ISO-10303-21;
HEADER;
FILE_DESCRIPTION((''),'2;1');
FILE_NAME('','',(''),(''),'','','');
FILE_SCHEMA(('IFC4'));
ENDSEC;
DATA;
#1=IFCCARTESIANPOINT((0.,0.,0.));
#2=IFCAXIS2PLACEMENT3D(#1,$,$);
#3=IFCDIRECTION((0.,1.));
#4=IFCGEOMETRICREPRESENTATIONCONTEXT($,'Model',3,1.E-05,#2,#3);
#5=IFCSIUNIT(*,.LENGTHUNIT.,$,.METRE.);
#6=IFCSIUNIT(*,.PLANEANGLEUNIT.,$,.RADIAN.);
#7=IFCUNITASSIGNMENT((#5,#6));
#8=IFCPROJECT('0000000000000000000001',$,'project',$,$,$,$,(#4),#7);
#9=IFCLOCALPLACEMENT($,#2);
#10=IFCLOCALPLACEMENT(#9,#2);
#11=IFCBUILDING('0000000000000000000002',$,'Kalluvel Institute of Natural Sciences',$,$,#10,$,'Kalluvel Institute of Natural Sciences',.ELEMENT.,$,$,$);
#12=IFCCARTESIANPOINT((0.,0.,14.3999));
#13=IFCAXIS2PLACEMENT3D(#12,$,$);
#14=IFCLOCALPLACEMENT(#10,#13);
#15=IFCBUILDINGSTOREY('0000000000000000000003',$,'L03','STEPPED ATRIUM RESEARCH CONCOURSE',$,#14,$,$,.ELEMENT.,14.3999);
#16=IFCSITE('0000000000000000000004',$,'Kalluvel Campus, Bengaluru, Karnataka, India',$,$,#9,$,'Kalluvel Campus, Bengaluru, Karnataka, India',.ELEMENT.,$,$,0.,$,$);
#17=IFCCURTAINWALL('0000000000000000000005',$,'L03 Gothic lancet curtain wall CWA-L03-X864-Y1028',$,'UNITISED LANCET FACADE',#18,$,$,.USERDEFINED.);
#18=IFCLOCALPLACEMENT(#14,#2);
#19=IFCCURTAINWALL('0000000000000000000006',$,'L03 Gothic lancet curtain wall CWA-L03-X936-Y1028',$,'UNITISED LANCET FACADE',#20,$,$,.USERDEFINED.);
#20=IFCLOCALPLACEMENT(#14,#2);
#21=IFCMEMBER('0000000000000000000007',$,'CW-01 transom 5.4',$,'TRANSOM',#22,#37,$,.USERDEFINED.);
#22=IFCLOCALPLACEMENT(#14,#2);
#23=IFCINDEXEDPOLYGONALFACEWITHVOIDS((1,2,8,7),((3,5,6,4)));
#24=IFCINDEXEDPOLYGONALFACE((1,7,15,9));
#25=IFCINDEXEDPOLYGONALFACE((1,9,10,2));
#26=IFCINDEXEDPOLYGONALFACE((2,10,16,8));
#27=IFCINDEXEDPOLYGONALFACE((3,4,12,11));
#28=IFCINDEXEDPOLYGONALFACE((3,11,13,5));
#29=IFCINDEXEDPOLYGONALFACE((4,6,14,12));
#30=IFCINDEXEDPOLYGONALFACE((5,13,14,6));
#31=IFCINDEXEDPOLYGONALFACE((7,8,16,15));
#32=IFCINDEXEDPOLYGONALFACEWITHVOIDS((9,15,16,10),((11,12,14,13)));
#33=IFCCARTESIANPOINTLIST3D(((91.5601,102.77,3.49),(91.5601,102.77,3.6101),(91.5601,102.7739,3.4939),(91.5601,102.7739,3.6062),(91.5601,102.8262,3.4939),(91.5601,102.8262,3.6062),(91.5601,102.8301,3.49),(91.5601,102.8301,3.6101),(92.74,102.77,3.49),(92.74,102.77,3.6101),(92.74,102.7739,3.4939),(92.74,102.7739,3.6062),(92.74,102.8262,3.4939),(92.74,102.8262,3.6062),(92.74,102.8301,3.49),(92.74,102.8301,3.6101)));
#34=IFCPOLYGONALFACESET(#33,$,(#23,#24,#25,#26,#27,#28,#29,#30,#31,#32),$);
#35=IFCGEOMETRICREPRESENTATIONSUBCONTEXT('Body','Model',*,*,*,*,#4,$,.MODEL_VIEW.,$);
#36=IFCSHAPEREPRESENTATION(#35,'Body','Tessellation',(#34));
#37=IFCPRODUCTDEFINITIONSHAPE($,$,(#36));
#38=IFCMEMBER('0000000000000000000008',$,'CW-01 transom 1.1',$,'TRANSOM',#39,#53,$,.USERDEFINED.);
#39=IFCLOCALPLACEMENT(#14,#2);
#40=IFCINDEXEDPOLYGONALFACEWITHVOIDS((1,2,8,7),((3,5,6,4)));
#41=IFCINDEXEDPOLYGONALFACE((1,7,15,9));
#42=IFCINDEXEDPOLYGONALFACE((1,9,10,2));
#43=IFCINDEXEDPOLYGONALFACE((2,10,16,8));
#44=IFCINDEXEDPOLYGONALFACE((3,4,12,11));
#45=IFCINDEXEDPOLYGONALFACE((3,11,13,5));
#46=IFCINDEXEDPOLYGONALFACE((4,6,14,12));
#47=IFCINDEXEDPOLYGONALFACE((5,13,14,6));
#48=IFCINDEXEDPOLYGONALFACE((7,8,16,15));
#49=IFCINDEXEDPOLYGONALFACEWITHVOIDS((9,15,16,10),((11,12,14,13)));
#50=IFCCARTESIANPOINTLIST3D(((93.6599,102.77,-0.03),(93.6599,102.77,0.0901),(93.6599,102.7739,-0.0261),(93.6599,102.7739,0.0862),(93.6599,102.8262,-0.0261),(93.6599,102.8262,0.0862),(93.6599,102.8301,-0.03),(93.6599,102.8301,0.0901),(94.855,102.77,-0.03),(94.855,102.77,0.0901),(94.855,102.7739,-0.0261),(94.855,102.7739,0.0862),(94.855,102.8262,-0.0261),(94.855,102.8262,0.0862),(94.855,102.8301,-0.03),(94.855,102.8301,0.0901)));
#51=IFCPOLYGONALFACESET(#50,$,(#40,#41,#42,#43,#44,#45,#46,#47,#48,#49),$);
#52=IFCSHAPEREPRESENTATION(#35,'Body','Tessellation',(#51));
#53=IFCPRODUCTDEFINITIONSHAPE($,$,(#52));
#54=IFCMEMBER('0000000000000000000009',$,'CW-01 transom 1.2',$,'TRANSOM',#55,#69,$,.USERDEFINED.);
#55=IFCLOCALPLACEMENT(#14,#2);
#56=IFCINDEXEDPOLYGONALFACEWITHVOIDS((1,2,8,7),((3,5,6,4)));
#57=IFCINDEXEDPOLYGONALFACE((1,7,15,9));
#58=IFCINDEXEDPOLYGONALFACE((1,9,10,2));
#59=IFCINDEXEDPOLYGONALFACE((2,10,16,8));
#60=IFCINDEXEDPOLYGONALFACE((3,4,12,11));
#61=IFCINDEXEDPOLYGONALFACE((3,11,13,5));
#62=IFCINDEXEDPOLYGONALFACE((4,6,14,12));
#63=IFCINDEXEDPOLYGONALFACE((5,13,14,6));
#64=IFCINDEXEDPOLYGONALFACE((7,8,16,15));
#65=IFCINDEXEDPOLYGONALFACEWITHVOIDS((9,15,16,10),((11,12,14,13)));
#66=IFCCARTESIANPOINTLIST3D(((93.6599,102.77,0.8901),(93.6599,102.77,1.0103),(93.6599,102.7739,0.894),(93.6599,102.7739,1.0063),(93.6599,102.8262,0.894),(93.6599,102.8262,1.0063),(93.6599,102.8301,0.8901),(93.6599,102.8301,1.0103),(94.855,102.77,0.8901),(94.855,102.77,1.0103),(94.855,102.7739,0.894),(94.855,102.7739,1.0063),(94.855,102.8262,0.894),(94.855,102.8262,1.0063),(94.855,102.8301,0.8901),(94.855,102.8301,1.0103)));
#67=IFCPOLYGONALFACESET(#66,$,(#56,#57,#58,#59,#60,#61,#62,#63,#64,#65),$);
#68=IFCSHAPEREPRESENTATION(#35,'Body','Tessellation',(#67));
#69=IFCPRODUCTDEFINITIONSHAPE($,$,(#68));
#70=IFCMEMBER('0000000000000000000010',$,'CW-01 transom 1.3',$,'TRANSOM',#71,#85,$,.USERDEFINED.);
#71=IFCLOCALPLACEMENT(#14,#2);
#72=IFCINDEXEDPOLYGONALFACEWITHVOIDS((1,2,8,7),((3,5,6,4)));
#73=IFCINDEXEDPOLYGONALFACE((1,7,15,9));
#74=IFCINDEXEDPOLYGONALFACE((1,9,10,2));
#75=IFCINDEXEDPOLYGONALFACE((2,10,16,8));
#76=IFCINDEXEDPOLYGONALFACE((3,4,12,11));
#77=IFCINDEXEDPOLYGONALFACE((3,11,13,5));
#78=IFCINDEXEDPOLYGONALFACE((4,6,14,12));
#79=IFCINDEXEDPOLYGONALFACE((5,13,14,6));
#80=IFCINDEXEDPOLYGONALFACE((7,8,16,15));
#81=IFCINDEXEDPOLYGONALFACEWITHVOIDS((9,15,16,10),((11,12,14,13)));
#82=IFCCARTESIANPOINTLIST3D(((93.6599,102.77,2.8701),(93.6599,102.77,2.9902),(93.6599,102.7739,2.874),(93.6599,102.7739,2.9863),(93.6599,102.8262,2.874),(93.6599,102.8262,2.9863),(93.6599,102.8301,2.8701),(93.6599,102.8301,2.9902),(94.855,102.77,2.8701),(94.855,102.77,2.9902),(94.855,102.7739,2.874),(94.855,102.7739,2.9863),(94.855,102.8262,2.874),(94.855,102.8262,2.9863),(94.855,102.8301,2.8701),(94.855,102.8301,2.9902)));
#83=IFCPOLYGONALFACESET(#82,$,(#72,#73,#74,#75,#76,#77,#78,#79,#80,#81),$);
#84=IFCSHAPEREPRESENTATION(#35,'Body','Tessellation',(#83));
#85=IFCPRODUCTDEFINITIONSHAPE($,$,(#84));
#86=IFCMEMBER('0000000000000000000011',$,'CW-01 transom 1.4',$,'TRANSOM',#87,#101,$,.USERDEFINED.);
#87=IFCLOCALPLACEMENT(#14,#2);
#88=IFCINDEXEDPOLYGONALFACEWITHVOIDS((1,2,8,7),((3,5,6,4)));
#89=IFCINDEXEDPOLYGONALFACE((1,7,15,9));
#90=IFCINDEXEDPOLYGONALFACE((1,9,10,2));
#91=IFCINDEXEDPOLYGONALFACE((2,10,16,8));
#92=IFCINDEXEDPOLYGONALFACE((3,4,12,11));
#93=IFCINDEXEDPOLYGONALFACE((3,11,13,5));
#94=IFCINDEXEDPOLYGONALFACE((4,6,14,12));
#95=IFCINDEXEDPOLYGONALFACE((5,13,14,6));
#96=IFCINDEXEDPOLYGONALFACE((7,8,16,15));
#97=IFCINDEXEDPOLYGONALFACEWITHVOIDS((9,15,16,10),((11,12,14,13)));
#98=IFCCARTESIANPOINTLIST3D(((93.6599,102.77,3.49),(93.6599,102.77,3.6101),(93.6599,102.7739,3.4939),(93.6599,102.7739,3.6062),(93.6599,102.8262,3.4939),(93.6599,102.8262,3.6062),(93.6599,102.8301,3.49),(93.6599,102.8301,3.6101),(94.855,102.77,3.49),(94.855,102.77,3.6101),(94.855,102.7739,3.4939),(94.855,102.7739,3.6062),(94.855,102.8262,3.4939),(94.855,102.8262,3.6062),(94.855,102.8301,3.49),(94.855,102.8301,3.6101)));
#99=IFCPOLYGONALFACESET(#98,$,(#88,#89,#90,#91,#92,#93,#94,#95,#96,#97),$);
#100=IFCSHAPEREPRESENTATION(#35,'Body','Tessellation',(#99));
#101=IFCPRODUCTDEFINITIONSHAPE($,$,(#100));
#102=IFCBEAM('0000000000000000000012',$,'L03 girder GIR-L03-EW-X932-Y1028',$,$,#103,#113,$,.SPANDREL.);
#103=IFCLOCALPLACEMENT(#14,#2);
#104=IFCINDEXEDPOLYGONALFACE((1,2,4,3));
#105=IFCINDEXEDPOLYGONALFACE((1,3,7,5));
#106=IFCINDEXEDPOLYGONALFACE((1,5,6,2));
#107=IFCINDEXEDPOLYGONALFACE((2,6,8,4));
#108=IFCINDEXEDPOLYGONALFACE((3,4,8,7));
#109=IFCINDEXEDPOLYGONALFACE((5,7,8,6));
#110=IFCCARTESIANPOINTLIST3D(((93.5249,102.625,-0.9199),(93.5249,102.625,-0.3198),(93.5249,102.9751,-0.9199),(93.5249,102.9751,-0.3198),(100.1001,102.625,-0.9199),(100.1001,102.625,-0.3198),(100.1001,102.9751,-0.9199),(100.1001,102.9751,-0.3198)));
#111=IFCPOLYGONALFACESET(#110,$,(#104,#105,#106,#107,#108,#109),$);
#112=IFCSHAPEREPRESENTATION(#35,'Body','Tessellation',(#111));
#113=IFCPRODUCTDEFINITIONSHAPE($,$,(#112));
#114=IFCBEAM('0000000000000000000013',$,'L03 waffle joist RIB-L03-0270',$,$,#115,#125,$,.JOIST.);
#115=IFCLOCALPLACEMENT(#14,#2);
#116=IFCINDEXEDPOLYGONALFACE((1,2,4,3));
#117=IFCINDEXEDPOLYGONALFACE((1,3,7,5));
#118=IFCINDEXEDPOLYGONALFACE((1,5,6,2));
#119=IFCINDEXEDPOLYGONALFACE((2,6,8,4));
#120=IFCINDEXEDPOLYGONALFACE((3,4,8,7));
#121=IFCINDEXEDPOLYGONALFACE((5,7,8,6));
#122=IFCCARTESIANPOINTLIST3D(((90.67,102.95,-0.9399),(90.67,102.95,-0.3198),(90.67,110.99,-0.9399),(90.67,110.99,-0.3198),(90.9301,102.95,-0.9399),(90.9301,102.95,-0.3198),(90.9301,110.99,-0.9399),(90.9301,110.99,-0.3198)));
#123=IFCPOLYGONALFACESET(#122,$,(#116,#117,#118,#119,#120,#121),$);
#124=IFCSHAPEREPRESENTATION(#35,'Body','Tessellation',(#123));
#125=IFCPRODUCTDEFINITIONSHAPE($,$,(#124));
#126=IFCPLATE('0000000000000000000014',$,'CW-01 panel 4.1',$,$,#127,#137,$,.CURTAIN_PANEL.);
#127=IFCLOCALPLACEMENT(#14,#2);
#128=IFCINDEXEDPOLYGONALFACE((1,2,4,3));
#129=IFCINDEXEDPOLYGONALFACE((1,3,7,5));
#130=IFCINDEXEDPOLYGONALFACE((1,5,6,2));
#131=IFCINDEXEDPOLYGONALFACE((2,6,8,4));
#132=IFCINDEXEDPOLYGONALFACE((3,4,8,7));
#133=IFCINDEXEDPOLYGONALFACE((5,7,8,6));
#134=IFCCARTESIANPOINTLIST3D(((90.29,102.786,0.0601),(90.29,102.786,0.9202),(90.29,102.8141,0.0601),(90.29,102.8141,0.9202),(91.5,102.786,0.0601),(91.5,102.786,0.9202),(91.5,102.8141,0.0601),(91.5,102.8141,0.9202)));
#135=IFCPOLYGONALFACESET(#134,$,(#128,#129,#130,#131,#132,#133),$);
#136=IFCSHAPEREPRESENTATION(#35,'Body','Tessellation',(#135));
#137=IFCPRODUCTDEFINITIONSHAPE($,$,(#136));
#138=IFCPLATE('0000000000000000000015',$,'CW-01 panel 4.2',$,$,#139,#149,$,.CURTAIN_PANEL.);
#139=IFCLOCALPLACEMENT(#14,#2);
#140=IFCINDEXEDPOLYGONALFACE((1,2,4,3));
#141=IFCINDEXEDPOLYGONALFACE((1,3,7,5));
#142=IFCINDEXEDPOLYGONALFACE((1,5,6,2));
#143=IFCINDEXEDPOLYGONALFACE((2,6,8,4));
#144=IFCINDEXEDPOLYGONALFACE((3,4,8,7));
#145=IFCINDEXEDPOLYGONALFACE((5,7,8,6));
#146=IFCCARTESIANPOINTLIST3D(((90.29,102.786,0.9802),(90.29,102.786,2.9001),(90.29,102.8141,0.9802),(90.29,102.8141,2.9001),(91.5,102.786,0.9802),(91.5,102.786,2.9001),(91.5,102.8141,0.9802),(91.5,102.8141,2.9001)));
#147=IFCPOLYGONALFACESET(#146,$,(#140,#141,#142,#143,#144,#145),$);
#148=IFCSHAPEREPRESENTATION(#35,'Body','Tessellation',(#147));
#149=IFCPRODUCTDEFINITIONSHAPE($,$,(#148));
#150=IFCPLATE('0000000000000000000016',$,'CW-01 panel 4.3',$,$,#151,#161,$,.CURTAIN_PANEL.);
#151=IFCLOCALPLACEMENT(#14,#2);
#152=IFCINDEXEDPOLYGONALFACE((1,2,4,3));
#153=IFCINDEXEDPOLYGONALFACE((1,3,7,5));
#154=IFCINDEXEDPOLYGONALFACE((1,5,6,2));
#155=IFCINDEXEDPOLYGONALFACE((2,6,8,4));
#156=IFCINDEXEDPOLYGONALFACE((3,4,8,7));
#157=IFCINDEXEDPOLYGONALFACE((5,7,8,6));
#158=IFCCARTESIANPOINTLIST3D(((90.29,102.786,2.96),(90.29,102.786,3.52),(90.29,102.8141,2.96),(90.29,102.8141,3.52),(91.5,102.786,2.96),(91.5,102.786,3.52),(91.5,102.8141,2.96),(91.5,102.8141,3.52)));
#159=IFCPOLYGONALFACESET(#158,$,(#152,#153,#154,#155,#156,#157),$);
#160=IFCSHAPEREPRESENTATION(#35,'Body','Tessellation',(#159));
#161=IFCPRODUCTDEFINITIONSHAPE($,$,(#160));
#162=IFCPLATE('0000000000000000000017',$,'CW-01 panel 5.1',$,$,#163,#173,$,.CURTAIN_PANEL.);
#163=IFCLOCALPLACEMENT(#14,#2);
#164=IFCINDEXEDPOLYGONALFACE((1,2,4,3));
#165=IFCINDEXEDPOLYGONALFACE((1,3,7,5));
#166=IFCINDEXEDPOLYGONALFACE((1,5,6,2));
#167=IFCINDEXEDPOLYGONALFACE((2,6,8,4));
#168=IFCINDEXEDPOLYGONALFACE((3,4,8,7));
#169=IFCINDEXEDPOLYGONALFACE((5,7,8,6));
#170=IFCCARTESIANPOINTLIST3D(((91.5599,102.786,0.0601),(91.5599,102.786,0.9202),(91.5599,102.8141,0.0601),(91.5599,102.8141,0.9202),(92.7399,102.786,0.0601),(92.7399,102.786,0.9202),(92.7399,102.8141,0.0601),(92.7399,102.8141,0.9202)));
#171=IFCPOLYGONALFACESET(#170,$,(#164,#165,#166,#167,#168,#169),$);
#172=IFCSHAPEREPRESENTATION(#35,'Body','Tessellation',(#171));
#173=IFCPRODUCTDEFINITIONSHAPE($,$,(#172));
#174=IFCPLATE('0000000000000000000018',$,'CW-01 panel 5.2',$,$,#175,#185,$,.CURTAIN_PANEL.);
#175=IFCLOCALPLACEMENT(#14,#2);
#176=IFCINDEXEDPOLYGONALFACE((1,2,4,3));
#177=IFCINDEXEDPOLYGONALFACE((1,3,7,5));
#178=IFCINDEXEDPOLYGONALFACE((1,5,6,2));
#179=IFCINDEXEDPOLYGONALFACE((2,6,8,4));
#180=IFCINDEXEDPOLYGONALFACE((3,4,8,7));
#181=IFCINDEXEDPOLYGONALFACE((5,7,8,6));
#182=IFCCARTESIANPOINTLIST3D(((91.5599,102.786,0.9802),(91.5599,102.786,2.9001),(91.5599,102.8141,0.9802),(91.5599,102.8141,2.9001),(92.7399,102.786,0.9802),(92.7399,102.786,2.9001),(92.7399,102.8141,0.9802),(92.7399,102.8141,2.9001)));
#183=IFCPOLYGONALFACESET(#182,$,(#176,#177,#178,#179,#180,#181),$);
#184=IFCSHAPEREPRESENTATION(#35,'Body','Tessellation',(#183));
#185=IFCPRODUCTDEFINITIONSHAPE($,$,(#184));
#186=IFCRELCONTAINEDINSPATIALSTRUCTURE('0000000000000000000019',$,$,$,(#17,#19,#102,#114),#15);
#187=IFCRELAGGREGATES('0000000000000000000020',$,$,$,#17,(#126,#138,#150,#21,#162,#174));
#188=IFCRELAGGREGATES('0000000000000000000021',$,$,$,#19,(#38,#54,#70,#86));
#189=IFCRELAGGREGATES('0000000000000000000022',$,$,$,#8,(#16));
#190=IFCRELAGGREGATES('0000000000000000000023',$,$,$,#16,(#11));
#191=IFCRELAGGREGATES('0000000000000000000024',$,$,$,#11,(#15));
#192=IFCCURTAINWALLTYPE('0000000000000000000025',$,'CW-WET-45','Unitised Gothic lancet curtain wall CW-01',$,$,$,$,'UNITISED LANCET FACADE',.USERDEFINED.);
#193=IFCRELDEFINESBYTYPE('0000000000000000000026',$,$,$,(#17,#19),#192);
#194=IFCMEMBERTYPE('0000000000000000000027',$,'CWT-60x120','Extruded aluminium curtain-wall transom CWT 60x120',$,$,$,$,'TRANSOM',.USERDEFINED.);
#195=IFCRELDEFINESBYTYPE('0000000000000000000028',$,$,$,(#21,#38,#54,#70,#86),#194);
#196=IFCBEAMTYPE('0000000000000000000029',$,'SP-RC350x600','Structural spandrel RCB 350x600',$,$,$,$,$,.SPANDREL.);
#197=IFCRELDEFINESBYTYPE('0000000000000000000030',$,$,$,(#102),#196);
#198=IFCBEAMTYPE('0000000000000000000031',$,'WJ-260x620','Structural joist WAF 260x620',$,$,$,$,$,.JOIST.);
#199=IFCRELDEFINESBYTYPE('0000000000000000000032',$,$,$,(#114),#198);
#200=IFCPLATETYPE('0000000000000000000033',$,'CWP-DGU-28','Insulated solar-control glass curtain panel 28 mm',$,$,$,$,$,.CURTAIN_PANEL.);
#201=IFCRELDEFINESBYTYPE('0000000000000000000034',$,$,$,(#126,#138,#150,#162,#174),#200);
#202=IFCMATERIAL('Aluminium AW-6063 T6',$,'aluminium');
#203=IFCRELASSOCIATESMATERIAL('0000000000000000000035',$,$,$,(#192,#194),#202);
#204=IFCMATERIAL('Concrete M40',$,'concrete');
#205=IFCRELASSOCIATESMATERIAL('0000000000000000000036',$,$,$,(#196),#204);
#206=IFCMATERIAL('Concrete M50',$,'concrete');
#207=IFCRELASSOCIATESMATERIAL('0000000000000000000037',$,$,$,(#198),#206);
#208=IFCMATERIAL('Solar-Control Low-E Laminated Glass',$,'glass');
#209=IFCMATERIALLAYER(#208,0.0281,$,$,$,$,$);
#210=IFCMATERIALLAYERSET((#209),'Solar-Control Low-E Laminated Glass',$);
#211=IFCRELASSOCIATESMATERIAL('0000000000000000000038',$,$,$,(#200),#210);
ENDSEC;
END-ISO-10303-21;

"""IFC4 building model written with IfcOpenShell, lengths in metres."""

from ifc_helpers import new_model, si_unit, direction, frame, origin, origin_2d, place, context, subcontext, project, spatial, rectangle, hollow_rectangle, extrude, material, layer, layer_set, material_profile, profile_set, type_object, element, aggregate, save


model = new_model("IFC4")

# Units and contexts
model_context = context("Model", 3, precision=1e-05, world=origin(), true_north=direction((0.0, 1.0)))
body_context = subcontext(model_context, "Body", "Model", "MODEL_VIEW")
ifc_project = project(units=[si_unit("LENGTHUNIT", "METRE"), si_unit("PLANEANGLEUNIT", "RADIAN")], contexts=[model_context])

# Site, building, storey
site_placement = place(None, origin())
site = spatial("IfcSite", under=ifc_project, at=site_placement, Name="Kalluvel Campus, Bengaluru, Karnataka, India", LongName="Kalluvel Campus, Bengaluru, Karnataka, India", CompositionType="ELEMENT", RefElevation=0.0)
building_placement = place(site_placement, origin())
building = spatial("IfcBuilding", under=site, at=building_placement, Name="Kalluvel Institute of Natural Sciences", LongName="Kalluvel Institute of Natural Sciences", CompositionType="ELEMENT")
storey_placement = place(building_placement, frame((0.0, 0.0, 14.3999)))
storey = spatial("IfcBuildingStorey", under=building, at=storey_placement, Name="L03", Description="STEPPED ATRIUM RESEARCH CONCOURSE", CompositionType="ELEMENT", Elevation=14.3999)

# Shared definitions
ifc_material_1 = material(Name="Concrete M40", Category="concrete")

# Curtain walls
ifc_material_2 = material(Name="Aluminium AW-6063 T6", Category="aluminium")
curtain_wall_type = type_object("IfcCurtainWallType", Name="CW-WET-45", Description="Unitised Gothic lancet curtain wall CW-01", ElementType="UNITISED LANCET FACADE", PredefinedType="USERDEFINED", material=ifc_material_2)
curtain_wall_1_placement = place(storey_placement, origin())
curtain_wall_1 = element("IfcCurtainWall", 1, at=curtain_wall_1_placement, inside=storey, type_object=curtain_wall_type, Name="L03 Gothic lancet curtain wall CWA-L03-X864-Y1028", ObjectType="UNITISED LANCET FACADE", PredefinedType="USERDEFINED")
curtain_wall_2_placement = place(storey_placement, origin())
curtain_wall_2 = element("IfcCurtainWall", 2, at=curtain_wall_2_placement, inside=storey, type_object=curtain_wall_type, Name="L03 Gothic lancet curtain wall CWA-L03-X936-Y1028", ObjectType="UNITISED LANCET FACADE", PredefinedType="USERDEFINED")

# Members
ifc_material_profile_1 = material_profile(ifc_material_2, hollow_rectangle(XDim=0.0601, YDim=0.1201, WallThickness=0.0039, at=origin_2d()), Name="CWT 60x120")
ifc_profile_set_1 = profile_set([ifc_material_profile_1], Name="Aluminium AW-6063 T6")
member_type_1 = type_object("IfcMemberType", Name="CWT-60x120", Description="Extruded aluminium curtain-wall transom CWT 60x120", ElementType="TRANSOM", PredefinedType="USERDEFINED", material=ifc_profile_set_1)
member_1_placement = place(storey_placement, frame((91.5601, 102.8, 3.55), z_axis=(1.0, 0.0, 0.0), x_axis=(0.0, 1.0, 0.0)))
member_1 = element("IfcMember", 3, at=member_1_placement, type_object=member_type_1, Name="CW-01 transom 5.4", ObjectType="TRANSOM", PredefinedType="USERDEFINED", context=body_context, shape_type="SweptSolid", body=[
    extrude(hollow_rectangle(XDim=0.0601, YDim=0.1201, WallThickness=0.0039, at=origin_2d()), origin(), (0.0, 0.0, 1.0), 1.1799),
])
member_2_placement = place(storey_placement, frame((93.6599, 102.8, 0.03), z_axis=(1.0, 0.0, 0.0), x_axis=(0.0, 1.0, 0.0)))
member_2 = element("IfcMember", 4, at=member_2_placement, type_object=member_type_1, Name="CW-01 transom 1.1", ObjectType="TRANSOM", PredefinedType="USERDEFINED", context=body_context, shape_type="SweptSolid", body=[
    extrude(hollow_rectangle(XDim=0.0601, YDim=0.1201, WallThickness=0.0039, at=origin_2d()), origin(), (0.0, 0.0, 1.0), 1.1951),
])
member_3_placement = place(storey_placement, frame((93.6599, 102.8, 0.9502), z_axis=(1.0, 0.0, 0.0), x_axis=(0.0, 1.0, 0.0)))
member_3 = element("IfcMember", 5, at=member_3_placement, type_object=member_type_1, Name="CW-01 transom 1.2", ObjectType="TRANSOM", PredefinedType="USERDEFINED", context=body_context, shape_type="SweptSolid", body=[
    extrude(hollow_rectangle(XDim=0.0601, YDim=0.1201, WallThickness=0.0039, at=origin_2d()), origin(), (0.0, 0.0, 1.0), 1.1951),
])
member_4_placement = place(storey_placement, frame((93.6599, 102.8, 2.9302), z_axis=(1.0, 0.0, 0.0), x_axis=(0.0, 1.0, 0.0)))
member_4 = element("IfcMember", 6, at=member_4_placement, type_object=member_type_1, Name="CW-01 transom 1.3", ObjectType="TRANSOM", PredefinedType="USERDEFINED", context=body_context, shape_type="SweptSolid", body=[
    extrude(hollow_rectangle(XDim=0.0601, YDim=0.1201, WallThickness=0.0039, at=origin_2d()), origin(), (0.0, 0.0, 1.0), 1.1951),
])
member_5_placement = place(storey_placement, frame((93.6599, 102.8, 3.55), z_axis=(1.0, 0.0, 0.0), x_axis=(0.0, 1.0, 0.0)))
member_5 = element("IfcMember", 7, at=member_5_placement, type_object=member_type_1, Name="CW-01 transom 1.4", ObjectType="TRANSOM", PredefinedType="USERDEFINED", context=body_context, shape_type="SweptSolid", body=[
    extrude(hollow_rectangle(XDim=0.0601, YDim=0.1201, WallThickness=0.0039, at=origin_2d()), origin(), (0.0, 0.0, 1.0), 1.1951),
])

# Beams
ifc_material_profile_2 = material_profile(ifc_material_1, rectangle(XDim=0.3501, YDim=0.6001, at=origin_2d()), Name="RCB 350x600")
ifc_profile_set_2 = profile_set([ifc_material_profile_2], Name="Concrete M40")
beam_type_1 = type_object("IfcBeamType", Name="SP-RC350x600", Description="Structural spandrel RCB 350x600", PredefinedType="SPANDREL", material=ifc_profile_set_2)
beam_1_placement = place(storey_placement, frame((93.5249, 102.8, -0.6199), z_axis=(1.0, 0.0, 0.0), x_axis=(0.0, 1.0, 0.0)))
element("IfcBeam", 8, at=beam_1_placement, inside=storey, type_object=beam_type_1, Name="L03 girder GIR-L03-EW-X932-Y1028", PredefinedType="SPANDREL", context=body_context, shape_type="SweptSolid", body=[
    extrude(rectangle(XDim=0.3501, YDim=0.6001, at=origin_2d()), origin(), (0.0, 0.0, 1.0), 6.5752),
])
ifc_material_3 = material(Name="Concrete M50", Category="concrete")
ifc_material_profile_3 = material_profile(ifc_material_3, rectangle(XDim=0.26, YDim=0.6201, at=origin_2d()), Name="WAF 260x620")
ifc_profile_set_3 = profile_set([ifc_material_profile_3], Name="Concrete M50")
beam_type_2 = type_object("IfcBeamType", Name="WJ-260x620", Description="Structural joist WAF 260x620", PredefinedType="JOIST", material=ifc_profile_set_3)
beam_2_placement = place(storey_placement, frame((90.8, 102.95, -0.6299), z_axis=(0.0, 1.0, 0.0), x_axis=(-1.0, 0.0, 0.0)))
element("IfcBeam", 9, at=beam_2_placement, inside=storey, type_object=beam_type_2, Name="L03 waffle joist RIB-L03-0270", PredefinedType="JOIST", context=body_context, shape_type="SweptSolid", body=[
    extrude(rectangle(XDim=0.26, YDim=0.6201, at=origin_2d()), origin(), (0.0, 0.0, 1.0), 8.04),
])

# Plates
ifc_material_4 = material(Name="Solar-Control Low-E Laminated Glass", Category="glass")
ifc_layer = layer(ifc_material_4, 0.0281)
ifc_layer_set = layer_set([ifc_layer], Name="Solar-Control Low-E Laminated Glass")
plate_type = type_object("IfcPlateType", Name="CWP-DGU-28", Description="Insulated solar-control glass curtain panel 28 mm", PredefinedType="CURTAIN_PANEL", material=ifc_layer_set)
plate_1_placement = place(storey_placement, frame((90.895, 102.8, 0.0601), z_axis=(0.0, 0.0, 1.0), x_axis=(1.0, 0.0, 0.0)))
plate_1 = element("IfcPlate", 10, at=plate_1_placement, type_object=plate_type, Name="CW-01 panel 4.1", PredefinedType="CURTAIN_PANEL", context=body_context, shape_type="SweptSolid", body=[
    extrude(rectangle(XDim=1.21, YDim=0.0281, at=origin_2d()), origin(), (0.0, 0.0, 1.0), 0.8601),
])
plate_2_placement = place(storey_placement, frame((90.895, 102.8, 0.9802), z_axis=(0.0, 0.0, 1.0), x_axis=(1.0, 0.0, 0.0)))
plate_2 = element("IfcPlate", 11, at=plate_2_placement, type_object=plate_type, Name="CW-01 panel 4.2", PredefinedType="CURTAIN_PANEL", context=body_context, shape_type="SweptSolid", body=[
    extrude(rectangle(XDim=1.21, YDim=0.0281, at=origin_2d()), origin(), (0.0, 0.0, 1.0), 1.9199),
])
plate_3_placement = place(storey_placement, frame((90.895, 102.8, 2.96), z_axis=(0.0, 0.0, 1.0), x_axis=(1.0, 0.0, 0.0)))
plate_3 = element("IfcPlate", 12, at=plate_3_placement, type_object=plate_type, Name="CW-01 panel 4.3", PredefinedType="CURTAIN_PANEL", context=body_context, shape_type="SweptSolid", body=[
    extrude(rectangle(XDim=1.21, YDim=0.0281, at=origin_2d()), origin(), (0.0, 0.0, 1.0), 0.5601),
])
plate_4_placement = place(storey_placement, frame((92.1499, 102.8, 0.0601), z_axis=(0.0, 0.0, 1.0), x_axis=(1.0, 0.0, 0.0)))
plate_4 = element("IfcPlate", 13, at=plate_4_placement, type_object=plate_type, Name="CW-01 panel 5.1", PredefinedType="CURTAIN_PANEL", context=body_context, shape_type="SweptSolid", body=[
    extrude(rectangle(XDim=1.1799, YDim=0.0281, at=origin_2d()), origin(), (0.0, 0.0, 1.0), 0.8601),
])
plate_5_placement = place(storey_placement, frame((92.1499, 102.8, 0.9802), z_axis=(0.0, 0.0, 1.0), x_axis=(1.0, 0.0, 0.0)))
plate_5 = element("IfcPlate", 14, at=plate_5_placement, type_object=plate_type, Name="CW-01 panel 5.2", PredefinedType="CURTAIN_PANEL", context=body_context, shape_type="SweptSolid", body=[
    extrude(rectangle(XDim=1.1799, YDim=0.0281, at=origin_2d()), origin(), (0.0, 0.0, 1.0), 1.9199),
])
aggregate(curtain_wall_1, [plate_1, plate_2, plate_3, member_1, plate_4, plate_5])
aggregate(curtain_wall_2, [member_2, member_3, member_4, member_5])

save(model, "model.ifc")
